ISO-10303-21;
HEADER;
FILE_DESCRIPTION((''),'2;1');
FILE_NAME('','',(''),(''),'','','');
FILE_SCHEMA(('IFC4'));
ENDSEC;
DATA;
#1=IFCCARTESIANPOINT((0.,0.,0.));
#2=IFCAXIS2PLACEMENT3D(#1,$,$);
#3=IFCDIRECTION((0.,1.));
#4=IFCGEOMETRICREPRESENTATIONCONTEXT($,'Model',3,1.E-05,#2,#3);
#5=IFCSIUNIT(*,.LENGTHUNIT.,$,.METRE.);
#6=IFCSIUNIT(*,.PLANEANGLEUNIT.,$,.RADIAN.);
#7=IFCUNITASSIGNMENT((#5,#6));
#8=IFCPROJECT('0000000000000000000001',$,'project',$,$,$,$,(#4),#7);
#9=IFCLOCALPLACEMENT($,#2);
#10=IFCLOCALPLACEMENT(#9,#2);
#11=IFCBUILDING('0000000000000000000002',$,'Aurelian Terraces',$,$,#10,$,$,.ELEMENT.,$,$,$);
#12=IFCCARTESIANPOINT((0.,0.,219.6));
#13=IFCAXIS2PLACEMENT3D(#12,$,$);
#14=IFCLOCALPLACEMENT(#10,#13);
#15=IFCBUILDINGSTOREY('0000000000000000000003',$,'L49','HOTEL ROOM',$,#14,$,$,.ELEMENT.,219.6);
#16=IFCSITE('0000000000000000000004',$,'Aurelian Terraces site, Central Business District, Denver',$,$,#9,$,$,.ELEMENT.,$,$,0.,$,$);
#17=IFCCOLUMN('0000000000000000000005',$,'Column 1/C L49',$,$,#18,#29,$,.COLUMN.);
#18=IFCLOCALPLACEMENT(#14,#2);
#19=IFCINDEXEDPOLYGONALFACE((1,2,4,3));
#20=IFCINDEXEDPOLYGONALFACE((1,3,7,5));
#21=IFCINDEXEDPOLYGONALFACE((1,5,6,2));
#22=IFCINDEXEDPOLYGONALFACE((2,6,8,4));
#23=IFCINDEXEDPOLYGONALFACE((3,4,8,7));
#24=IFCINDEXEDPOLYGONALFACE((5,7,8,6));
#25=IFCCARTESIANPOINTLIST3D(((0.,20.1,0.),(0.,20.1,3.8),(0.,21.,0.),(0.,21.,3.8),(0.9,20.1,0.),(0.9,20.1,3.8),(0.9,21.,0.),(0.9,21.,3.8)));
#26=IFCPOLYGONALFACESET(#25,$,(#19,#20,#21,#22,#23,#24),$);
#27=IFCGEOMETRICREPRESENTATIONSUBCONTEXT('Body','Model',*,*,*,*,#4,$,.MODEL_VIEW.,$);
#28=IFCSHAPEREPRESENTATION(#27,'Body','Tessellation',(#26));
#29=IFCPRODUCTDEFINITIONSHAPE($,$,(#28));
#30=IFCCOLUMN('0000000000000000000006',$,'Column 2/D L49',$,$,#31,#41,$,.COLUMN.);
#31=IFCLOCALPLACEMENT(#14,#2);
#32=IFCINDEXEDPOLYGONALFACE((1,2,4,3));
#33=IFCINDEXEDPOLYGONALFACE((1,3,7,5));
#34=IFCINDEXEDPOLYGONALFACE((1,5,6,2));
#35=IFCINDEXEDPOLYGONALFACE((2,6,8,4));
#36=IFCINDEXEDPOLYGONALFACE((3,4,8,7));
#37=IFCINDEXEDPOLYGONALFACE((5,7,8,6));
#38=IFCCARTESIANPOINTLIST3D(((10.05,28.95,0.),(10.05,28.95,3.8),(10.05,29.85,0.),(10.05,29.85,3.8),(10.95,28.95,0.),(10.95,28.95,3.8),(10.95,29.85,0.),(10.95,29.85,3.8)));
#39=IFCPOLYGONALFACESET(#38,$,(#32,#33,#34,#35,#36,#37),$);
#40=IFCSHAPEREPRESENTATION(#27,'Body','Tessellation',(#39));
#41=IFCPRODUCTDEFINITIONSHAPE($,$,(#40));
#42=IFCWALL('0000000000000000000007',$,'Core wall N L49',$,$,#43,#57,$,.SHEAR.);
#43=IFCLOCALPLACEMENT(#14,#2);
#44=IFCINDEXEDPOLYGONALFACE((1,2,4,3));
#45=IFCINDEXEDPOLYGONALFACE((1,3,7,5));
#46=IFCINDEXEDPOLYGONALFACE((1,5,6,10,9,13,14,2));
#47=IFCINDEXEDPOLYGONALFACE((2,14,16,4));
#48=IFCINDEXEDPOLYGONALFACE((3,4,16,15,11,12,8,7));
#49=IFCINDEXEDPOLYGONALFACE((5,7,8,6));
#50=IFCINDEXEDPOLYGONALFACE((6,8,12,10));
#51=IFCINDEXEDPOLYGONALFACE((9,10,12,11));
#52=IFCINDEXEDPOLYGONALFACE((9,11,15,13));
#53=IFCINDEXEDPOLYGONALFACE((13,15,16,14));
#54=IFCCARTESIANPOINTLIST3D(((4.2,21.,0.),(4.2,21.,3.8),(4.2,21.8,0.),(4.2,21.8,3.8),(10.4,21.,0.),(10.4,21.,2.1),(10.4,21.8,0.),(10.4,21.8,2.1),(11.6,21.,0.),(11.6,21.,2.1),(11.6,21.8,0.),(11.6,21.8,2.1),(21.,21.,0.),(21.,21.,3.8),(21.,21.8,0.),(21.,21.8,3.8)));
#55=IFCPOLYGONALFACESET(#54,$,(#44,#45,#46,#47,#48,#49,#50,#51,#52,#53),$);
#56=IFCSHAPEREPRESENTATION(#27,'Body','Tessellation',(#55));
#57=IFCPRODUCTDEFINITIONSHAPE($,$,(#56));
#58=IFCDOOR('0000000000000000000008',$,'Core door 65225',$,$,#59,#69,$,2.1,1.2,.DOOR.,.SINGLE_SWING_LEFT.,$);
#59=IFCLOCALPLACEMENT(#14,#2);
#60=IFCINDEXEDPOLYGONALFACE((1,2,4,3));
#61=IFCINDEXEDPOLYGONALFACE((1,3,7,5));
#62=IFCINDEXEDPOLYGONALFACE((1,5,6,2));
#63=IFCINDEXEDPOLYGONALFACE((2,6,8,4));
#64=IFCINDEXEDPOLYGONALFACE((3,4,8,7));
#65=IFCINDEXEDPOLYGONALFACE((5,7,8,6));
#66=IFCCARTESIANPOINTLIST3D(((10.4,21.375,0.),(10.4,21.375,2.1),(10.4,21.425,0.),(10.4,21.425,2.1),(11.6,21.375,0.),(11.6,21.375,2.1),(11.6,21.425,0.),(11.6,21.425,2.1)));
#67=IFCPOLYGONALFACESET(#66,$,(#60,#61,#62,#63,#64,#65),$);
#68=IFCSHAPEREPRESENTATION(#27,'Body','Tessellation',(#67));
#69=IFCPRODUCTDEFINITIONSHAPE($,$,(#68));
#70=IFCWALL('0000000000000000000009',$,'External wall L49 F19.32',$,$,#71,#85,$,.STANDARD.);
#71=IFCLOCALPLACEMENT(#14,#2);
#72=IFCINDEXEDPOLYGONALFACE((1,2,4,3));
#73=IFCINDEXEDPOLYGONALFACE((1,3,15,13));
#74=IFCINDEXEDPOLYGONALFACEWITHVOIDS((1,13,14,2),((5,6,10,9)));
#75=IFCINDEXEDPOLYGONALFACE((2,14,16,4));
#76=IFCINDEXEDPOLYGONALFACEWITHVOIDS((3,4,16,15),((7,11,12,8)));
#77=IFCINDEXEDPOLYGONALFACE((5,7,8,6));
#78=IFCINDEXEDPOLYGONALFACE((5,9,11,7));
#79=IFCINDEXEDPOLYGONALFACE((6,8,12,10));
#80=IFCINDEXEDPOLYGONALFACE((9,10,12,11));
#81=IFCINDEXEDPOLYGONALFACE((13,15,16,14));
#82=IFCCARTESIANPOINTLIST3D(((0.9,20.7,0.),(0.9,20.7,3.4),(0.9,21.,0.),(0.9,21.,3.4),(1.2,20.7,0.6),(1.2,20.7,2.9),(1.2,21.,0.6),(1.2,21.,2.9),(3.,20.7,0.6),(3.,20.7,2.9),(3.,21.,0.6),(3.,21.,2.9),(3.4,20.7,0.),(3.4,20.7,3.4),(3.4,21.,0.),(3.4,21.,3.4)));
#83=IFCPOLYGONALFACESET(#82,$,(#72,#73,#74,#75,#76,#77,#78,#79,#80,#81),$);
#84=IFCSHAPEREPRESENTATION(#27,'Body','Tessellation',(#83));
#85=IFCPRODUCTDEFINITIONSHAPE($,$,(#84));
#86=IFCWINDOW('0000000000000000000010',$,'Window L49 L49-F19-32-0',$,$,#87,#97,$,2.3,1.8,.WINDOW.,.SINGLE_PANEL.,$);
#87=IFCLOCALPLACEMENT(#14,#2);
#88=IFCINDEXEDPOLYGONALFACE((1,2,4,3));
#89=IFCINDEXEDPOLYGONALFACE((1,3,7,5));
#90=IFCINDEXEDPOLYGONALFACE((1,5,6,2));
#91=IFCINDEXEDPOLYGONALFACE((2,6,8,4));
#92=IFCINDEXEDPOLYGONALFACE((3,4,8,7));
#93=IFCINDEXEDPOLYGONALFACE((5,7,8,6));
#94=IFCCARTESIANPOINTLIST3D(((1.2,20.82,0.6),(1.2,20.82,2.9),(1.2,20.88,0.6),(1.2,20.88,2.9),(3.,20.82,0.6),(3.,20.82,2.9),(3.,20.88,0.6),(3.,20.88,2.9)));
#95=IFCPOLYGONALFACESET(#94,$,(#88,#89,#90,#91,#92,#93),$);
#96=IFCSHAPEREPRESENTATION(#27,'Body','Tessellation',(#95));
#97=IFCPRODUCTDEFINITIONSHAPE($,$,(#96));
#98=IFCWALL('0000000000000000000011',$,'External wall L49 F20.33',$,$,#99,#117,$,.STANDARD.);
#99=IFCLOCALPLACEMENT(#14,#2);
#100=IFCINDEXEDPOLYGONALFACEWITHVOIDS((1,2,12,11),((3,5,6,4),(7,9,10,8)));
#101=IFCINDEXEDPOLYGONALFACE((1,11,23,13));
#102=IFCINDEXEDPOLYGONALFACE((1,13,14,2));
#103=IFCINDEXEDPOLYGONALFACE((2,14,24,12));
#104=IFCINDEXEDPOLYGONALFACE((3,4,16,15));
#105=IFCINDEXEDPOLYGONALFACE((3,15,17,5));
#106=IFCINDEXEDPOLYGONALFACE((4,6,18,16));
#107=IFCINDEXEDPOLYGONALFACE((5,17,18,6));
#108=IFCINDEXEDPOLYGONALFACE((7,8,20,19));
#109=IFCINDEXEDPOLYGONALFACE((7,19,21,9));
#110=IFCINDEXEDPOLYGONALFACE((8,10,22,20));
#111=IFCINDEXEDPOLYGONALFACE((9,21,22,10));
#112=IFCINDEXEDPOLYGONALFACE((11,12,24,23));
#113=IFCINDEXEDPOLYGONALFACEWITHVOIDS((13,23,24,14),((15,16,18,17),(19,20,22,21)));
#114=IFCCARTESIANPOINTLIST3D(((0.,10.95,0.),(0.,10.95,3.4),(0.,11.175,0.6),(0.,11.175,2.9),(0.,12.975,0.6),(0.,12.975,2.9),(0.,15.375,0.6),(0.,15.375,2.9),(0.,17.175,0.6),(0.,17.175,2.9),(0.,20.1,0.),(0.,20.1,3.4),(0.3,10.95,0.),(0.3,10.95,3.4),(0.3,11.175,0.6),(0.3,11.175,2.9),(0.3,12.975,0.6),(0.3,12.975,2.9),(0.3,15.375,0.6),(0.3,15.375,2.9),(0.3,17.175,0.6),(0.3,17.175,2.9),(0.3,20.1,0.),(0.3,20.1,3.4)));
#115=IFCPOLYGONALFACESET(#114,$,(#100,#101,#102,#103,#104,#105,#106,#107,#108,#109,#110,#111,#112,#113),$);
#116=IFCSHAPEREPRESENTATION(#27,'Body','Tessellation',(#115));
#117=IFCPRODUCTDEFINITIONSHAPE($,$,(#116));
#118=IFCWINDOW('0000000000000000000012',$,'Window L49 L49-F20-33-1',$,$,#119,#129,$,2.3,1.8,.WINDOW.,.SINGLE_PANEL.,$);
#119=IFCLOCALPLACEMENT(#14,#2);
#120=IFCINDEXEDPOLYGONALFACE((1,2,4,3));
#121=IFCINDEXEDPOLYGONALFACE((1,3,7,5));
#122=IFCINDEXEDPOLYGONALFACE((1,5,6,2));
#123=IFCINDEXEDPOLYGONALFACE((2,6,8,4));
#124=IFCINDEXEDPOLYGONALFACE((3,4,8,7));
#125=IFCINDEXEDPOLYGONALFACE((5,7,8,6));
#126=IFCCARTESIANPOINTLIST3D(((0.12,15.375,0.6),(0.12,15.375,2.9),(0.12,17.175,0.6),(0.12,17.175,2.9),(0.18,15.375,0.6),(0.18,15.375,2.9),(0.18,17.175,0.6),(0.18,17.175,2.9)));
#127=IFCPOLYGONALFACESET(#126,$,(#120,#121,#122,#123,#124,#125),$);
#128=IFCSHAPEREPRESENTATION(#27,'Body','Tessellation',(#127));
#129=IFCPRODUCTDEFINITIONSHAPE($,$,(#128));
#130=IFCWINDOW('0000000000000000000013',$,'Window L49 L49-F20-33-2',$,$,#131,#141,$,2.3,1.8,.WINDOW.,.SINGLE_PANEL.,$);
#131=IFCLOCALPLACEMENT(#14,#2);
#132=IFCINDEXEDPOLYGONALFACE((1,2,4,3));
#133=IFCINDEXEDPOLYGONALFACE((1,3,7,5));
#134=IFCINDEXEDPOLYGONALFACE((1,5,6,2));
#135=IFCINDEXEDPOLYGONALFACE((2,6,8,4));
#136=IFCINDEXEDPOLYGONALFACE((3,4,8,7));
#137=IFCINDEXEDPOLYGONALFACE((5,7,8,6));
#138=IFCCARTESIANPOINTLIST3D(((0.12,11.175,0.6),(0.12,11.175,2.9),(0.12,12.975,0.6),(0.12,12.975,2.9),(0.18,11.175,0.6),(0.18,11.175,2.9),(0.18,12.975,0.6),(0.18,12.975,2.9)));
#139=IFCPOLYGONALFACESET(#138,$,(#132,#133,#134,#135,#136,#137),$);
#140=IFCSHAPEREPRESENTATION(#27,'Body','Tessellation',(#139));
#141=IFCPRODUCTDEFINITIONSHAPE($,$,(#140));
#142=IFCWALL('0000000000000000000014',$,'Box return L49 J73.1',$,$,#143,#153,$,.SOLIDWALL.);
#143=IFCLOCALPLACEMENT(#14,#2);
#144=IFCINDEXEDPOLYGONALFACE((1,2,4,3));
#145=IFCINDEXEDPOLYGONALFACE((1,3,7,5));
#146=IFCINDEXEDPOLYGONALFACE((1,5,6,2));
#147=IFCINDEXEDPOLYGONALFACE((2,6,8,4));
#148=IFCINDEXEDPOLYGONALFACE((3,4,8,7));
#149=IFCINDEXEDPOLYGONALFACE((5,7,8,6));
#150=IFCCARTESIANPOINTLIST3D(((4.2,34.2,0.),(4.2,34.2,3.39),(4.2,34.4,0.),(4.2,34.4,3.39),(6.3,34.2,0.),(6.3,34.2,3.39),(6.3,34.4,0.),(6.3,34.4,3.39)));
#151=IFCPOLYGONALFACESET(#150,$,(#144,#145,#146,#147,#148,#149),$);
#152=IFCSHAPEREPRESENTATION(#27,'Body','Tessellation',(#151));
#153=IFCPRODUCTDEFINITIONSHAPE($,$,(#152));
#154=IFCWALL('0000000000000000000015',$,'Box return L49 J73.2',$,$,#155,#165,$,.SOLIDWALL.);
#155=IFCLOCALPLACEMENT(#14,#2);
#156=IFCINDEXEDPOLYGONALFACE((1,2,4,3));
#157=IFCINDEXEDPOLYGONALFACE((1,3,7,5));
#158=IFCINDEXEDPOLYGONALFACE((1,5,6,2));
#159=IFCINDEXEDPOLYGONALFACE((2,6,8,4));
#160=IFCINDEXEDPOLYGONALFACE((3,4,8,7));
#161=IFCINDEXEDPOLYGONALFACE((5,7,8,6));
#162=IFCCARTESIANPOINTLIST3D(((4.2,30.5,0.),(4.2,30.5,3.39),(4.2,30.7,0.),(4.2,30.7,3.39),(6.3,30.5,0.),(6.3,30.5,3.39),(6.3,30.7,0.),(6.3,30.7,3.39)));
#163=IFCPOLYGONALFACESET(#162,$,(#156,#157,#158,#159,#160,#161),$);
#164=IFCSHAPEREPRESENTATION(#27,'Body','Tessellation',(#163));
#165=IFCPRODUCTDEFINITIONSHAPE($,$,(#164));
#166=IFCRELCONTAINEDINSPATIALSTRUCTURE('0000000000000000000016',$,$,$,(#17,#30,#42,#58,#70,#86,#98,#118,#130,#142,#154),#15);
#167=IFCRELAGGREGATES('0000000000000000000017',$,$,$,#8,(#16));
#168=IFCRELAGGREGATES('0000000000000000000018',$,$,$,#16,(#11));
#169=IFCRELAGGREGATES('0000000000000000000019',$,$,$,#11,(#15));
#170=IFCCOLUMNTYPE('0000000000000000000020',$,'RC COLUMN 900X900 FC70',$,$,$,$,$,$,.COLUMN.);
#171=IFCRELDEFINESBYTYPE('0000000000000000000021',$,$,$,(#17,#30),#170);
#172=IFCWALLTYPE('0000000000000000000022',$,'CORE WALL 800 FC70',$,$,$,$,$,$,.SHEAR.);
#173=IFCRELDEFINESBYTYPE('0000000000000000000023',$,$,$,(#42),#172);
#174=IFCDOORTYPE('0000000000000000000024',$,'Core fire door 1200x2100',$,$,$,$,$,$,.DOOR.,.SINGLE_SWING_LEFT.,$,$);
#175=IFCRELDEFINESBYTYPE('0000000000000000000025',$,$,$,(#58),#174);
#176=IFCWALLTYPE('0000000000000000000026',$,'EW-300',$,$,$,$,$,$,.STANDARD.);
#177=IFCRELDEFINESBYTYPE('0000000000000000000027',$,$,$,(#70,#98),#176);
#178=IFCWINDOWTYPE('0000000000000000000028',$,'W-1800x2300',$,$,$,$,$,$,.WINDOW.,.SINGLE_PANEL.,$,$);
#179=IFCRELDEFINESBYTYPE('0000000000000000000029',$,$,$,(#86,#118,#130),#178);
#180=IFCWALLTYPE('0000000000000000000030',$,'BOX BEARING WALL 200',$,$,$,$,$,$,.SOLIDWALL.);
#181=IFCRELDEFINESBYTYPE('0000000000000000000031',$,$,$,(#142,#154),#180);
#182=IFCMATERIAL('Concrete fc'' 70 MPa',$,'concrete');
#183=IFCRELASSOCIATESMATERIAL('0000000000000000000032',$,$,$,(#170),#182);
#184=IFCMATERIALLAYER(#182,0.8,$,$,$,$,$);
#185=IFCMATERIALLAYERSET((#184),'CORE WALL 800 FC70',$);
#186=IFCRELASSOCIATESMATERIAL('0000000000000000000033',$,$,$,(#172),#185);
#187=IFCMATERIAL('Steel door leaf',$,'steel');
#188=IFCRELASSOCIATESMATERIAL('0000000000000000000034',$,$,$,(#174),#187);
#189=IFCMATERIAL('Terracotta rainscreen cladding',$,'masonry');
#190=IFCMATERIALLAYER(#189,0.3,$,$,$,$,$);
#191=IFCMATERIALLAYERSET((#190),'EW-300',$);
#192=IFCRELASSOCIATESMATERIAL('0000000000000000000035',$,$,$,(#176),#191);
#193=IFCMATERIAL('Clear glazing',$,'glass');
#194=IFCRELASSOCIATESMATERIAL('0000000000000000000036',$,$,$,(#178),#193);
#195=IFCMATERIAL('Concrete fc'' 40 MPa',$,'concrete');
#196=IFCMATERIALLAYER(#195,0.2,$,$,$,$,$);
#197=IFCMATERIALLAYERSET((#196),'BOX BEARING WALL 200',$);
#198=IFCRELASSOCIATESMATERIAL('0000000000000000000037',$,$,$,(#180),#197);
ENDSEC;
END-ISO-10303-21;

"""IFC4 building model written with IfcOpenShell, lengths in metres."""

from ifc_helpers import new_model, si_unit, direction, frame, frame_2d, origin, origin_2d, place, context, subcontext, project, spatial, rectangle, extrude, source, transform, mapped, material, layer, layer_set, material_profile, profile_set, type_object, element, fill, save


model = new_model("IFC4")

# Units and contexts
model_context = context("Model", 3, precision=1e-05, world=origin(), true_north=direction((0.0, 1.0)))
body_context = subcontext(model_context, "Body", "Model", "MODEL_VIEW")
ifc_project = project(units=[si_unit("LENGTHUNIT", "METRE"), si_unit("PLANEANGLEUNIT", "RADIAN")], contexts=[model_context])

# Site, building, storey
site_placement = place(None, origin())
site = spatial("IfcSite", under=ifc_project, at=site_placement, Name="Aurelian Terraces site, Central Business District, Denver", CompositionType="ELEMENT", RefElevation=0.0)
building_placement = place(site_placement, origin())
building = spatial("IfcBuilding", under=site, at=building_placement, Name="Aurelian Terraces", CompositionType="ELEMENT")
storey_placement = place(building_placement, frame((0.0, 0.0, 219.6)))
storey = spatial("IfcBuildingStorey", under=building, at=storey_placement, Name="L49", Description="HOTEL ROOM", CompositionType="ELEMENT", Elevation=219.6)

# Columns
ifc_material_1 = material(Name="Concrete fc' 70 MPa", Category="concrete")
ifc_material_profile = material_profile(ifc_material_1, rectangle(XDim=0.9, YDim=0.9, at=origin_2d()))
ifc_profile_set = profile_set([ifc_material_profile], Name="Concrete fc' 70 MPa")
column_type = type_object("IfcColumnType", Name="RC COLUMN 900X900 FC70", PredefinedType="COLUMN", material=ifc_profile_set)
shared_shape_1 = source(origin(), body_context, "Body", "SweptSolid", [
    extrude(rectangle(XDim=0.9, YDim=0.9, at=origin_2d()), origin(), (0.0, 0.0, 1.0), 3.8),
])
for number, where, z_axis, x_axis, name in (
    (1, (0.45, 20.55, 0.0), (0.0, 0.0, 1.0), (1.0, 0.0, 0.0), "Column 1/C L49"),
    (2, (10.5, 29.4, 0.0), (0.0, 0.0, 1.0), (1.0, 0.0, 0.0), "Column 2/D L49"),
):
    element("IfcColumn", number, at=place(storey_placement, frame(where, z_axis=z_axis, x_axis=x_axis)), inside=storey, type_object=column_type, Name=name, PredefinedType="COLUMN", context=body_context, shape_type="MappedRepresentation", body=[
        mapped(shared_shape_1, transform((0.0, 0.0, 0.0), scale=1.0)),
    ])

# Wall, opening, door
ifc_layer_1 = layer(ifc_material_1, 0.8)
ifc_layer_set_1 = layer_set([ifc_layer_1], Name="CORE WALL 800 FC70")
wall_type_1 = type_object("IfcWallType", Name="CORE WALL 800 FC70", PredefinedType="SHEAR", material=ifc_layer_set_1)
shared_shape_2 = source(origin(), body_context, "Body", "SweptSolid", [
    extrude(rectangle(XDim=16.8, YDim=0.8, at=frame_2d((8.4, 0.0))), origin(), (0.0, 0.0, 1.0), 3.8),
])
wall_1_placement = place(storey_placement, frame((4.2, 21.4, 0.0), z_axis=(0.0, 0.0, 1.0), x_axis=(1.0, 0.0, 0.0)))
wall_1 = element("IfcWall", 3, at=wall_1_placement, inside=storey, type_object=wall_type_1, Name="Core wall N L49", PredefinedType="SHEAR", context=body_context, shape_type="MappedRepresentation", body=[
    mapped(shared_shape_2, transform((0.0, 0.0, 0.0), scale=1.0)),
])
shared_shape_3 = source(origin(), body_context, "Body", "SweptSolid", [
    extrude(rectangle(XDim=1.2, YDim=2.1, at=frame_2d((0.6, 1.05))), frame((0.0, 0.41, 0.0), z_axis=(0.0, -1.0, 0.0), x_axis=(1.0, 0.0, 0.0)), (0.0, 0.0, 1.0), 0.82),
])
opening_1_placement = place(wall_1_placement, frame((6.2, 0.0, 0.0)))
opening_1 = element("IfcOpeningElement", 4, at=opening_1_placement, cuts=wall_1, PredefinedType="OPENING", context=body_context, shape_type="MappedRepresentation", body=[
    mapped(shared_shape_3, transform((0.0, 0.0, 0.0), scale=1.0)),
])
ifc_material_2 = material(Name="Steel door leaf", Category="steel")
door_type_1 = type_object("IfcDoorType", Name="Core fire door 1200x2100", OperationType="SINGLE_SWING_LEFT", PredefinedType="DOOR", material=ifc_material_2)
shared_shape_4 = source(origin(), body_context, "Body", "SweptSolid", [
    extrude(rectangle(XDim=1.2, YDim=2.1, at=frame_2d((0.6, 1.05))), frame((0.0, 0.025, 0.0), z_axis=(0.0, -1.0, 0.0), x_axis=(1.0, 0.0, 0.0)), (0.0, 0.0, 1.0), 0.05),
])
door_1_placement = place(opening_1_placement, origin())
door_1 = element("IfcDoor", 5, at=door_1_placement, inside=storey, type_object=door_type_1, Name="Core door 65225", OperationType="SINGLE_SWING_LEFT", OverallHeight=2.1, OverallWidth=1.2, PredefinedType="DOOR", context=body_context, shape_type="MappedRepresentation", body=[
    mapped(shared_shape_4, transform((0.0, 0.0, 0.0), scale=1.0)),
])
fill(opening_1, door_1)

# Wall, opening, window
ifc_material_3 = material(Name="Terracotta rainscreen cladding", Category="masonry")
ifc_layer_2 = layer(ifc_material_3, 0.3)
ifc_layer_set_2 = layer_set([ifc_layer_2], Name="EW-300")
wall_type_2 = type_object("IfcWallType", Name="EW-300", PredefinedType="STANDARD", material=ifc_layer_set_2)
shared_shape_5 = source(origin(), body_context, "Body", "SweptSolid", [
    extrude(rectangle(XDim=2.5, YDim=0.3, at=frame_2d((1.25, 0.0))), origin(), (0.0, 0.0, 1.0), 3.4),
])
wall_2_placement = place(storey_placement, frame((3.4, 20.85, 0.0), z_axis=(0.0, 0.0, 1.0), x_axis=(-1.0, 0.0, 0.0)))
wall_2 = element("IfcWall", 6, at=wall_2_placement, inside=storey, type_object=wall_type_2, Name="External wall L49 F19.32", PredefinedType="STANDARD", context=body_context, shape_type="MappedRepresentation", body=[
    mapped(shared_shape_5, transform((0.0, 0.0, 0.0), scale=1.0)),
])
shared_shape_6 = source(origin(), body_context, "Body", "SweptSolid", [
    extrude(rectangle(XDim=1.8, YDim=2.3, at=frame_2d((0.9, 1.15))), frame((0.0, 0.16, 0.0), z_axis=(0.0, -1.0, 0.0), x_axis=(1.0, 0.0, 0.0)), (0.0, 0.0, 1.0), 0.32),
])
opening_2_placement = place(wall_2_placement, frame((0.4, 0.0, 0.6)))
opening_2 = element("IfcOpeningElement", 7, at=opening_2_placement, cuts=wall_2, PredefinedType="OPENING", context=body_context, shape_type="MappedRepresentation", body=[
    mapped(shared_shape_6, transform((0.0, 0.0, 0.0), scale=1.0)),
])
ifc_material_4 = material(Name="Clear glazing", Category="glass")
window_type_1 = type_object("IfcWindowType", Name="W-1800x2300", PartitioningType="SINGLE_PANEL", PredefinedType="WINDOW", material=ifc_material_4)
shared_shape_7 = source(origin(), body_context, "Body", "SweptSolid", [
    extrude(rectangle(XDim=1.8, YDim=2.3, at=frame_2d((0.9, 1.15))), frame((0.0, 0.03, 0.0), z_axis=(0.0, -1.0, 0.0), x_axis=(1.0, 0.0, 0.0)), (0.0, 0.0, 1.0), 0.06),
])
window_1_placement = place(opening_2_placement, origin())
window_1 = element("IfcWindow", 8, at=window_1_placement, inside=storey, type_object=window_type_1, Name="Window L49 L49-F19-32-0", OverallHeight=2.3, OverallWidth=1.8, PartitioningType="SINGLE_PANEL", PredefinedType="WINDOW", context=body_context, shape_type="MappedRepresentation", body=[
    mapped(shared_shape_7, transform((0.0, 0.0, 0.0), scale=1.0)),
])
fill(opening_2, window_1)

# Wall, openings, windows
shared_shape_8 = source(origin(), body_context, "Body", "SweptSolid", [
    extrude(rectangle(XDim=9.15, YDim=0.3, at=frame_2d((4.575, 0.0))), origin(), (0.0, 0.0, 1.0), 3.4),
])
wall_3_placement = place(storey_placement, frame((0.15, 20.1, 0.0), z_axis=(0.0, 0.0, 1.0), x_axis=(0.0, -1.0, 0.0)))
wall_3 = element("IfcWall", 9, at=wall_3_placement, inside=storey, type_object=wall_type_2, Name="External wall L49 F20.33", PredefinedType="STANDARD", context=body_context, shape_type="MappedRepresentation", body=[
    mapped(shared_shape_8, transform((0.0, 0.0, 0.0), scale=1.0)),
])
opening_3_placement = place(wall_3_placement, frame((2.925, 0.0, 0.6)))
opening_3 = element("IfcOpeningElement", 10, at=opening_3_placement, cuts=wall_3, PredefinedType="OPENING", context=body_context, shape_type="MappedRepresentation", body=[
    mapped(shared_shape_6, transform((0.0, 0.0, 0.0), scale=1.0)),
])
opening_4_placement = place(wall_3_placement, frame((7.125, 0.0, 0.6)))
opening_4 = element("IfcOpeningElement", 11, at=opening_4_placement, cuts=wall_3, PredefinedType="OPENING", context=body_context, shape_type="MappedRepresentation", body=[
    mapped(shared_shape_6, transform((0.0, 0.0, 0.0), scale=1.0)),
])
window_2_placement = place(opening_3_placement, origin())
window_2 = element("IfcWindow", 12, at=window_2_placement, inside=storey, type_object=window_type_1, Name="Window L49 L49-F20-33-1", OverallHeight=2.3, OverallWidth=1.8, PartitioningType="SINGLE_PANEL", PredefinedType="WINDOW", context=body_context, shape_type="MappedRepresentation", body=[
    mapped(shared_shape_7, transform((0.0, 0.0, 0.0), scale=1.0)),
])
fill(opening_3, window_2)
window_3_placement = place(opening_4_placement, origin())
window_3 = element("IfcWindow", 13, at=window_3_placement, inside=storey, type_object=window_type_1, Name="Window L49 L49-F20-33-2", OverallHeight=2.3, OverallWidth=1.8, PartitioningType="SINGLE_PANEL", PredefinedType="WINDOW", context=body_context, shape_type="MappedRepresentation", body=[
    mapped(shared_shape_7, transform((0.0, 0.0, 0.0), scale=1.0)),
])
fill(opening_4, window_3)

# Walls
ifc_material_5 = material(Name="Concrete fc' 40 MPa", Category="concrete")
ifc_layer_3 = layer(ifc_material_5, 0.2)
ifc_layer_set_3 = layer_set([ifc_layer_3], Name="BOX BEARING WALL 200")
wall_type_3 = type_object("IfcWallType", Name="BOX BEARING WALL 200", PredefinedType="SOLIDWALL", material=ifc_layer_set_3)
shared_shape_9 = source(origin(), body_context, "Body", "SweptSolid", [
    extrude(rectangle(XDim=2.1, YDim=0.2, at=frame_2d((1.05, 0.0))), origin(), (0.0, 0.0, 1.0), 3.39),
])
for number, where, z_axis, x_axis, name in (
    (14, (6.3, 34.3, 0.0), (0.0, 0.0, 1.0), (-1.0, 0.0, 0.0), "Box return L49 J73.1"),
    (15, (6.3, 30.6, 0.0), (0.0, 0.0, 1.0), (-1.0, 0.0, 0.0), "Box return L49 J73.2"),
):
    element("IfcWall", number, at=place(storey_placement, frame(where, z_axis=z_axis, x_axis=x_axis)), inside=storey, type_object=wall_type_3, Name=name, PredefinedType="SOLIDWALL", context=body_context, shape_type="MappedRepresentation", body=[
        mapped(shared_shape_9, transform((0.0, 0.0, 0.0), scale=1.0)),
    ])

save(model, "model.ifc")
